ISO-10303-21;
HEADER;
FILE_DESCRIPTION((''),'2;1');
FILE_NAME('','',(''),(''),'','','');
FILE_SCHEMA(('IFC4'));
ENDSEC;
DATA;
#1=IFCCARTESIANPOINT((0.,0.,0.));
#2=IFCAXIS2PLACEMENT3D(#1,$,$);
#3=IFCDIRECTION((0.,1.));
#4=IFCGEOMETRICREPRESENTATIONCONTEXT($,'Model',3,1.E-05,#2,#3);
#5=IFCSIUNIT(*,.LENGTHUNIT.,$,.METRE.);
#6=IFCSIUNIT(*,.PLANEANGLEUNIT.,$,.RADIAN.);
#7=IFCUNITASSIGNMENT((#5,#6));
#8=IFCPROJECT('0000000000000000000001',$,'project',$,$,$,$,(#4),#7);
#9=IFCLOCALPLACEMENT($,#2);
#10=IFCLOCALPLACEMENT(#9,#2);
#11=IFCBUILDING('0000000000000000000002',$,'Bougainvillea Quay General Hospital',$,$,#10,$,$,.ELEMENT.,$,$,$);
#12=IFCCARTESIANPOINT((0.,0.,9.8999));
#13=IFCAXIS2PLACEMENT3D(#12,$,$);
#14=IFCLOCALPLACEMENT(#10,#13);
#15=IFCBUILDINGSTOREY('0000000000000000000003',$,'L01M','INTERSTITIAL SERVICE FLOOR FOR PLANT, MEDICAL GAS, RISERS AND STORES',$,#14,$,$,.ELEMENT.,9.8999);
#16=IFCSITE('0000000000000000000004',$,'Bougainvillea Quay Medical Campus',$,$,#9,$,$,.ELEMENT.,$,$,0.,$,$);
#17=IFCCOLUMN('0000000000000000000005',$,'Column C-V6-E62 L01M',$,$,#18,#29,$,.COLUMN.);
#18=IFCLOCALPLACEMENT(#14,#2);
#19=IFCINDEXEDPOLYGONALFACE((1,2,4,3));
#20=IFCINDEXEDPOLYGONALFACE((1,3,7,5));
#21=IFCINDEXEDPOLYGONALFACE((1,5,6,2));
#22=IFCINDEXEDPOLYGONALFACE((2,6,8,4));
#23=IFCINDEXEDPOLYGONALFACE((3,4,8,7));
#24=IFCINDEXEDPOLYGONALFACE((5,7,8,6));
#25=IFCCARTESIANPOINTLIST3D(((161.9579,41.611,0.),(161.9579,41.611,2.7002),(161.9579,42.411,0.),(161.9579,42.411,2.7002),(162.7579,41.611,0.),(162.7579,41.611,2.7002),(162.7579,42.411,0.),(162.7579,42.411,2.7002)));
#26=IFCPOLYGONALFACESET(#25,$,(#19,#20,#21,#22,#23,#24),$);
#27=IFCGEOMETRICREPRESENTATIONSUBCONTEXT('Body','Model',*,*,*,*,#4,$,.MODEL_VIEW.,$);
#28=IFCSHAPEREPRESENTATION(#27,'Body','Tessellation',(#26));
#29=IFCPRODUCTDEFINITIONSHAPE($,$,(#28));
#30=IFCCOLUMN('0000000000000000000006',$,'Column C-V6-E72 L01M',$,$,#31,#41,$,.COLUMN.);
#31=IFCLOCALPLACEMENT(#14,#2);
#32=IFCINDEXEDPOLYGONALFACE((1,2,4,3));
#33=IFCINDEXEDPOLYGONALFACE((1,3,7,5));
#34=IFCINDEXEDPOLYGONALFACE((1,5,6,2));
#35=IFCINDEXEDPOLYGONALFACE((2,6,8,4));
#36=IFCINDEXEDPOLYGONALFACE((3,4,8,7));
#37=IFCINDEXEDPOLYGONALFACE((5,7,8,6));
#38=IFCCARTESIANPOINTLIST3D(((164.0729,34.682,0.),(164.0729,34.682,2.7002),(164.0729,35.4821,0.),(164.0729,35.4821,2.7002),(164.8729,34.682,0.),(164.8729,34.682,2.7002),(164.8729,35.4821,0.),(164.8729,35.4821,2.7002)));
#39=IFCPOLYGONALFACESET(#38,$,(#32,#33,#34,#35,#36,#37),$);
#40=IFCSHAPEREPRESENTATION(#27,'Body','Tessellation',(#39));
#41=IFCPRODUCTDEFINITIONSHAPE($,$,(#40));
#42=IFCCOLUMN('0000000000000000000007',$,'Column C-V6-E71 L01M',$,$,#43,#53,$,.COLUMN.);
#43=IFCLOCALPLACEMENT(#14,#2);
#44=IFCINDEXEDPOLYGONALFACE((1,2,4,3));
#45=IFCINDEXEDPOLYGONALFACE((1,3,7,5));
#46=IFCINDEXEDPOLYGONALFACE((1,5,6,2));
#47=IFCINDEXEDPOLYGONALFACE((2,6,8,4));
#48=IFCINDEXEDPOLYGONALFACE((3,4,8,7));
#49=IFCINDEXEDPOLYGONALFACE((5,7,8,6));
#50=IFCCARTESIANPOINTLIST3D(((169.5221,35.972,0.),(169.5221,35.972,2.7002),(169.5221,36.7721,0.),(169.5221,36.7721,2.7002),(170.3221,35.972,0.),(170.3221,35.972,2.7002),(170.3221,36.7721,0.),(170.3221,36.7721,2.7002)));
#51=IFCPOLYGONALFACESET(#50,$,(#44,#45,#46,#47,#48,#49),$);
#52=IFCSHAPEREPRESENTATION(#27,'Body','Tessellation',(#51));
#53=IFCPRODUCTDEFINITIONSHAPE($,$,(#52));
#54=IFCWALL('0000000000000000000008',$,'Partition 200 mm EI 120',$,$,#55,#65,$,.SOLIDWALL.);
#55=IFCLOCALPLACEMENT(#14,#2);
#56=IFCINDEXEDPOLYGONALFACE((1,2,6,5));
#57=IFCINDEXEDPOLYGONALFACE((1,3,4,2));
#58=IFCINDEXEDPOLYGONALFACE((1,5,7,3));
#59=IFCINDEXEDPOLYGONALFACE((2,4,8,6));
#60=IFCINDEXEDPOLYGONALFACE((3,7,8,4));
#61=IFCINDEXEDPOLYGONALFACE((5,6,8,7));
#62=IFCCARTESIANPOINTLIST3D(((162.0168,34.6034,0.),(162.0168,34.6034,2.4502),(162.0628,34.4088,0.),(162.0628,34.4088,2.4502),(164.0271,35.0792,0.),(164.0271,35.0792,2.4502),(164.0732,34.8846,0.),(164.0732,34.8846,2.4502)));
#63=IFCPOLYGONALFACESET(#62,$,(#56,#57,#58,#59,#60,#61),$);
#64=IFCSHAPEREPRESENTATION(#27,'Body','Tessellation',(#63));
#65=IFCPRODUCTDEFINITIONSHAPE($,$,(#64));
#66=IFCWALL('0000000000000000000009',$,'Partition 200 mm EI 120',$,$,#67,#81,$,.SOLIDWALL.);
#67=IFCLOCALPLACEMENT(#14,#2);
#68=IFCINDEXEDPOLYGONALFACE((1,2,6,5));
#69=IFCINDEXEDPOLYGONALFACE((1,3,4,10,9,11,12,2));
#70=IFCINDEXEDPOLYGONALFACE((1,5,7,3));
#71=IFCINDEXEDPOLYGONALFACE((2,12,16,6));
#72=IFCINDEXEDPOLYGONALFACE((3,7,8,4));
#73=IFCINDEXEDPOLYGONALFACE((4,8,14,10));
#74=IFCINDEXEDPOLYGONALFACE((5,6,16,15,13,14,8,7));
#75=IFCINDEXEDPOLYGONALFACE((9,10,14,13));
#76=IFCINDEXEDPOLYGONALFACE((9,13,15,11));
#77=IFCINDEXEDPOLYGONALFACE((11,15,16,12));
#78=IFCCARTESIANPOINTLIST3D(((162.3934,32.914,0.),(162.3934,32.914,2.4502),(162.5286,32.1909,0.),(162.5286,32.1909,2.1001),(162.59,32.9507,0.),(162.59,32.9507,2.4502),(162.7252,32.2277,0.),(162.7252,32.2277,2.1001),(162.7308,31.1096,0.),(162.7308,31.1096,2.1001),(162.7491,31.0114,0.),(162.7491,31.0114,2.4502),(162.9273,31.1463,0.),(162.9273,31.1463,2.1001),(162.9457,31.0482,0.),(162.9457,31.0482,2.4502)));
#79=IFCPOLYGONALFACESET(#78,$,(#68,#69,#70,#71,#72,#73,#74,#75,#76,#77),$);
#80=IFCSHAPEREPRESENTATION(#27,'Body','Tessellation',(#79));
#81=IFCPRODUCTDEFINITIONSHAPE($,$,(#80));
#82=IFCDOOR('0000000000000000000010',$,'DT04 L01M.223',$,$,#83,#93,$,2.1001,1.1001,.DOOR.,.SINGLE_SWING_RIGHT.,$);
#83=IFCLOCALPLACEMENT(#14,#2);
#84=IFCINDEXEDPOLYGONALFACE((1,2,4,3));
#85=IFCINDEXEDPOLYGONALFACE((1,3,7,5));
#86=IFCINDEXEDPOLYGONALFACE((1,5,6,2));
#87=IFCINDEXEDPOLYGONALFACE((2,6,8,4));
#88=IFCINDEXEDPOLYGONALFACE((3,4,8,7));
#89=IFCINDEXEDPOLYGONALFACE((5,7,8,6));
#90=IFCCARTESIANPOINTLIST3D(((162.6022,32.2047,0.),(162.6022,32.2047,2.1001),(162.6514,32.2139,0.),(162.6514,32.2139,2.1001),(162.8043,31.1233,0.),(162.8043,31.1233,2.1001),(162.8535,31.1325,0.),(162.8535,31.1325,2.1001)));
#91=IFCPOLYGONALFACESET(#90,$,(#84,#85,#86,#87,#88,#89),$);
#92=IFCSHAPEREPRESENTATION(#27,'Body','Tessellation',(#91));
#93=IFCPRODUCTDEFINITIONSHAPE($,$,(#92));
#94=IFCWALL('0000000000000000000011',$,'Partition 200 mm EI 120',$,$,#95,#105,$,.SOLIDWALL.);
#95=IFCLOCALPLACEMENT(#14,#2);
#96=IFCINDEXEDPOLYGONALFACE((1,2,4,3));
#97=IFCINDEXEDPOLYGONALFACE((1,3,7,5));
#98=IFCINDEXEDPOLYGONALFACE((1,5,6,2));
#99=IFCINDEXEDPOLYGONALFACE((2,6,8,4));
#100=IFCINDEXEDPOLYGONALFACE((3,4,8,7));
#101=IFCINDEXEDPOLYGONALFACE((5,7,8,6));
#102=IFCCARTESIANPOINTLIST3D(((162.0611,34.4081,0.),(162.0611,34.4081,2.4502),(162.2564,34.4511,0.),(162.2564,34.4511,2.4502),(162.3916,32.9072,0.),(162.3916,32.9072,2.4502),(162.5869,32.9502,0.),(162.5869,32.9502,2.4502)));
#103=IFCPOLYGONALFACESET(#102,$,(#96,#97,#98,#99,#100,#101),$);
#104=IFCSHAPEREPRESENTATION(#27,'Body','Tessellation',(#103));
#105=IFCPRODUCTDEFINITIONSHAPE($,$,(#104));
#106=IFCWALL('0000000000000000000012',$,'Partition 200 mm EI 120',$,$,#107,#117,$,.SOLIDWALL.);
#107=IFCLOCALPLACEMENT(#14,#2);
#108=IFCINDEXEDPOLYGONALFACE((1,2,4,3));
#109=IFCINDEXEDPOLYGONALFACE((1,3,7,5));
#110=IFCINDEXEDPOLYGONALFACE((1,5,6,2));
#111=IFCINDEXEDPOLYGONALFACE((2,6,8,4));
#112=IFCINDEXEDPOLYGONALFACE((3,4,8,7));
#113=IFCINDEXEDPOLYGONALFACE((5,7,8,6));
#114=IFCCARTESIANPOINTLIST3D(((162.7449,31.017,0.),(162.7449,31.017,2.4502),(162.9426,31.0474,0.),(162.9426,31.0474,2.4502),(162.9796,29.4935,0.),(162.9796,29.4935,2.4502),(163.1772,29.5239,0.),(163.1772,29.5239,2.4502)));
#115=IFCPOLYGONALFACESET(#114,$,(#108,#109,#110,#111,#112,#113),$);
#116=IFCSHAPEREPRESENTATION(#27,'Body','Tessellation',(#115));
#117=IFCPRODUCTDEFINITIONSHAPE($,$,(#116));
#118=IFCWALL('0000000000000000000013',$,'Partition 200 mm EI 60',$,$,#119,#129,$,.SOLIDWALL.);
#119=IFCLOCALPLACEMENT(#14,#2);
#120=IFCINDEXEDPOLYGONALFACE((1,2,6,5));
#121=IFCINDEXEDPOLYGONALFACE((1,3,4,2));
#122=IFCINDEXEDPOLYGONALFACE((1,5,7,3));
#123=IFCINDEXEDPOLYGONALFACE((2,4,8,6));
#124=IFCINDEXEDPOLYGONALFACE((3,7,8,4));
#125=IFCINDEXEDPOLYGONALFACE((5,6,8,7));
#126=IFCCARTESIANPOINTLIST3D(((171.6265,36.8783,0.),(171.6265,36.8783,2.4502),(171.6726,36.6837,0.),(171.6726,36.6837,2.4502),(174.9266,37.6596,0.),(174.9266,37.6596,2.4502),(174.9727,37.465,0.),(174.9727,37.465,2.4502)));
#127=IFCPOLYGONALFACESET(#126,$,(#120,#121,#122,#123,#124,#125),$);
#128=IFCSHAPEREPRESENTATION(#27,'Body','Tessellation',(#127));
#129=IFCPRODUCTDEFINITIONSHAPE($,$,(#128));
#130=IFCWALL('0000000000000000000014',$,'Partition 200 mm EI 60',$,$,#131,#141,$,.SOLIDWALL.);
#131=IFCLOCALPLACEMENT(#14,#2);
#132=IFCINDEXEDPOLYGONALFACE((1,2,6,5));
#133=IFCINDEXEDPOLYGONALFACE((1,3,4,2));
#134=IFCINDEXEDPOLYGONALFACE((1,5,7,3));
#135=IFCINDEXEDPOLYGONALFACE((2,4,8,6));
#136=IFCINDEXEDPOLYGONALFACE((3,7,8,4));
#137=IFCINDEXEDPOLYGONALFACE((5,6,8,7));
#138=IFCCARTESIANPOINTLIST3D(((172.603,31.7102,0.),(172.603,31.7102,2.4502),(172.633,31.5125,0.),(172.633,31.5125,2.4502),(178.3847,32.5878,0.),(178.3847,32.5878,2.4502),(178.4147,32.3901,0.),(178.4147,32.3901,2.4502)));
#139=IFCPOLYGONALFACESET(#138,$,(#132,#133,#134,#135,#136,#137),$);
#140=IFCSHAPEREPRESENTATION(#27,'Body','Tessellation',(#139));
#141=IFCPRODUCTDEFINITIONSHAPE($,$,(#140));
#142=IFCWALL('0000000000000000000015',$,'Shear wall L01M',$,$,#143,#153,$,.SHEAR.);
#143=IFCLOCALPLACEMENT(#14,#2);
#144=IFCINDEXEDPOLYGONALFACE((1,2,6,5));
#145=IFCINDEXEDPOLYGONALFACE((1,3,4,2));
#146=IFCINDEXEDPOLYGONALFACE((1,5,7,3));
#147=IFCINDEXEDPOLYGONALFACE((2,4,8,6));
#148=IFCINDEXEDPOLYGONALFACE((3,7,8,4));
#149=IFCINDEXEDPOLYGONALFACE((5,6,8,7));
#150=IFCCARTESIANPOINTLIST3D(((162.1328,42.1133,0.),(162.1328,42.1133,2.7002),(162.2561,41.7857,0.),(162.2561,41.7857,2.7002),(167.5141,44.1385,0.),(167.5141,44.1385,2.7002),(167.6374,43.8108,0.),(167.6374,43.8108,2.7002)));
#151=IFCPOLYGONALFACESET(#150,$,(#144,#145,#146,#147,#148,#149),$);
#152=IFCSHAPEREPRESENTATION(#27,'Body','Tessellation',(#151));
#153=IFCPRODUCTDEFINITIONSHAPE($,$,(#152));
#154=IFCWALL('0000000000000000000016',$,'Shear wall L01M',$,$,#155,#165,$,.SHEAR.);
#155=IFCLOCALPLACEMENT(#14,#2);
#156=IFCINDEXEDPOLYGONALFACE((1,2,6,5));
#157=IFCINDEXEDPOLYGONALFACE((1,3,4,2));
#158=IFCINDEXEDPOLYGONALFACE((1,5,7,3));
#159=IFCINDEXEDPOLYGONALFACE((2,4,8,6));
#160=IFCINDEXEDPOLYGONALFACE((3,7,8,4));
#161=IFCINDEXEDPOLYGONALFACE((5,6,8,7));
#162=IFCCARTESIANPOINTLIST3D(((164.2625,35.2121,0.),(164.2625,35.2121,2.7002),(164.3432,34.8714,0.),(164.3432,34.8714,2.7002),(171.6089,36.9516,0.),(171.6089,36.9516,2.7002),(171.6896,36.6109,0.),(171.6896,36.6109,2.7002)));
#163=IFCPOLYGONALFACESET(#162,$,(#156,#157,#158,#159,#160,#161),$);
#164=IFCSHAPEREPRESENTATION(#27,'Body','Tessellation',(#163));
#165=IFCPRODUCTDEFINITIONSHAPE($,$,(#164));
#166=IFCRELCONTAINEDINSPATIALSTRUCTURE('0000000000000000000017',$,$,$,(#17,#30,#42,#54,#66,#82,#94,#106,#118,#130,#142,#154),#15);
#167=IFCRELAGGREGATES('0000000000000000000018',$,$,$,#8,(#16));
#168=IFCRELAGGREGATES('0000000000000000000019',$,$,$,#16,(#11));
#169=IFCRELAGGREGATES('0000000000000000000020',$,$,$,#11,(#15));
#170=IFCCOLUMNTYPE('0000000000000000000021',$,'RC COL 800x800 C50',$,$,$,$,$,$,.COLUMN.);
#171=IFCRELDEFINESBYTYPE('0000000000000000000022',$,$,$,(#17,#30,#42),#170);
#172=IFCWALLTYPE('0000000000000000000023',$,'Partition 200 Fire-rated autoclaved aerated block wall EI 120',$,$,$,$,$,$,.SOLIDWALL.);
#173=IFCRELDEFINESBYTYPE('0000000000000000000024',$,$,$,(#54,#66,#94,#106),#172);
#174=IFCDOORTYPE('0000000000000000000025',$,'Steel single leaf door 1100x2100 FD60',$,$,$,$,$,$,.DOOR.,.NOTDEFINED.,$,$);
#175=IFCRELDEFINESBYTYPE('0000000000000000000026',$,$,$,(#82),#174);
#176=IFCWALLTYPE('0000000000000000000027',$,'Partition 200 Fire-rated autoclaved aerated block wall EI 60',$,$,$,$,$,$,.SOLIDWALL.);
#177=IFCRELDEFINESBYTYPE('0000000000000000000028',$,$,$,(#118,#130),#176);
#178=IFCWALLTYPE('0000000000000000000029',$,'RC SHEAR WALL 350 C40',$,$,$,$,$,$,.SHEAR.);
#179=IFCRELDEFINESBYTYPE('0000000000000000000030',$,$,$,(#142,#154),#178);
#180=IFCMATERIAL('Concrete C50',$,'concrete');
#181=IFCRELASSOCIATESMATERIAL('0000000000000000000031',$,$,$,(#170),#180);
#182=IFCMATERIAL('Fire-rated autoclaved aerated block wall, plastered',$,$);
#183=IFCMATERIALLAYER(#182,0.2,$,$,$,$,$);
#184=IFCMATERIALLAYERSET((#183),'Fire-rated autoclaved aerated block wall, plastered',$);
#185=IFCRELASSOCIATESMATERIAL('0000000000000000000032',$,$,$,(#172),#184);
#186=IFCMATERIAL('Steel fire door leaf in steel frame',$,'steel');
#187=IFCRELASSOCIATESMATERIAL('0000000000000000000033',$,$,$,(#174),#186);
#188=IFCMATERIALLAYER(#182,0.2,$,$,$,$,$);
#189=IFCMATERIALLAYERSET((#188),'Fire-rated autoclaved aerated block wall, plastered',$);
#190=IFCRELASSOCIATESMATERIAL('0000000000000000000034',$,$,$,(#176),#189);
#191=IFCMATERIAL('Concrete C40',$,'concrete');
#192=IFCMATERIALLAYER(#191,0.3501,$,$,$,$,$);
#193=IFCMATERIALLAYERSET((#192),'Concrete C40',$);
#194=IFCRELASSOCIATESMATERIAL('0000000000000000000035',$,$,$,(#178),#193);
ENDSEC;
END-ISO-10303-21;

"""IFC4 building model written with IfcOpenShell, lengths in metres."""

from ifc_helpers import new_model, si_unit, direction, frame, frame_2d, origin, origin_2d, place, context, subcontext, project, spatial, rectangle, extrude, material, layer, layer_set, material_profile, profile_set, type_object, element, fill, save


model = new_model("IFC4")

# Units and contexts
model_context = context("Model", 3, precision=1e-05, world=origin(), true_north=direction((0.0, 1.0)))
body_context = subcontext(model_context, "Body", "Model", "MODEL_VIEW")
ifc_project = project(units=[si_unit("LENGTHUNIT", "METRE"), si_unit("PLANEANGLEUNIT", "RADIAN")], contexts=[model_context])

# Site, building, storey
site_placement = place(None, origin())
site = spatial("IfcSite", under=ifc_project, at=site_placement, Name="Bougainvillea Quay Medical Campus", CompositionType="ELEMENT", RefElevation=0.0)
building_placement = place(site_placement, origin())
building = spatial("IfcBuilding", under=site, at=building_placement, Name="Bougainvillea Quay General Hospital", CompositionType="ELEMENT")
storey_placement = place(building_placement, frame((0.0, 0.0, 9.8999)))
storey = spatial("IfcBuildingStorey", under=building, at=storey_placement, Name="L01M", Description="INTERSTITIAL SERVICE FLOOR FOR PLANT, MEDICAL GAS, RISERS AND STORES", CompositionType="ELEMENT", Elevation=9.8999)

# Columns
ifc_material_1 = material(Name="Concrete C50", Category="concrete")
ifc_material_profile = material_profile(ifc_material_1, rectangle(XDim=0.8, YDim=0.8, at=origin_2d()))
ifc_profile_set = profile_set([ifc_material_profile], Name="Concrete C50")
column_type = type_object("IfcColumnType", Name="RC COL 800x800 C50", PredefinedType="COLUMN", material=ifc_profile_set)
for number, where, z_axis, x_axis, name in (
    (1, (162.3579, 42.011, 0.0), (0.0, 0.0, 1.0), (1.0, 0.0, 0.0), "Column C-V6-E62 L01M"),
    (2, (164.4729, 35.082, 0.0), (0.0, 0.0, 1.0), (1.0, 0.0, 0.0), "Column C-V6-E72 L01M"),
    (3, (169.9221, 36.3721, 0.0), (0.0, 0.0, 1.0), (1.0, 0.0, 0.0), "Column C-V6-E71 L01M"),
):
    element("IfcColumn", number, at=place(storey_placement, frame(where, z_axis=z_axis, x_axis=x_axis)), inside=storey, type_object=column_type, Name=name, PredefinedType="COLUMN", context=body_context, shape_type="SweptSolid", body=[
        extrude(rectangle(XDim=0.8, YDim=0.8, at=origin_2d()), origin(), (0.0, 0.0, 1.0), 2.7002),
    ])

# Wall
ifc_material_2 = material(Name="Fire-rated autoclaved aerated block wall, plastered")
ifc_layer_1 = layer(ifc_material_2, 0.2)
ifc_layer_set_1 = layer_set([ifc_layer_1], Name="Fire-rated autoclaved aerated block wall, plastered")
wall_type_1 = type_object("IfcWallType", Name="Partition 200 Fire-rated autoclaved aerated block wall EI 120", PredefinedType="SOLIDWALL", material=ifc_layer_set_1)
wall_1_placement = place(storey_placement, frame((162.0398, 34.5061, 0.0), z_axis=(0.0, 0.0, 1.0), x_axis=(0.973117, 0.23031, 0.0)))
element("IfcWall", 4, at=wall_1_placement, inside=storey, type_object=wall_type_1, Name="Partition 200 mm EI 120", PredefinedType="SOLIDWALL", context=body_context, shape_type="SweptSolid", body=[
    extrude(rectangle(XDim=2.0659, YDim=0.2, at=frame_2d((1.033, 0.0))), origin(), (0.0, 0.0, 1.0), 2.4502),
])

# Wall, opening, door
wall_2_placement = place(storey_placement, frame((162.4917, 32.9324, 0.0), z_axis=(0.0, 0.0, 1.0), x_axis=(0.183778, -0.982968, 0.0)))
wall_2 = element("IfcWall", 5, at=wall_2_placement, inside=storey, type_object=wall_type_1, Name="Partition 200 mm EI 120", PredefinedType="SOLIDWALL", context=body_context, shape_type="SweptSolid", body=[
    extrude(rectangle(XDim=1.9355, YDim=0.2, at=frame_2d((0.9678, 0.0))), origin(), (0.0, 0.0, 1.0), 2.4502),
])
opening_1_placement = place(wall_2_placement, frame((0.7356, 0.0, 0.0)))
opening_1 = element("IfcOpeningElement", 6, at=opening_1_placement, cuts=wall_2, PredefinedType="OPENING", context=body_context, shape_type="SweptSolid", body=[
    extrude(rectangle(XDim=1.1001, YDim=2.1001, at=frame_2d((0.55, 1.05))), frame((0.0, 0.1099, 0.0), z_axis=(0.0, -1.0, 0.0), x_axis=(1.0, 0.0, 0.0)), (0.0, 0.0, 1.0), 0.22),
])
ifc_material_3 = material(Name="Steel fire door leaf in steel frame", Category="steel")
door_type = type_object("IfcDoorType", Name="Steel single leaf door 1100x2100 FD60", OperationType="NOTDEFINED", PredefinedType="DOOR", material=ifc_material_3)
door_1_placement = place(opening_1_placement, origin())
door_1 = element("IfcDoor", 7, at=door_1_placement, inside=storey, type_object=door_type, Name="DT04 L01M.223", OperationType="SINGLE_SWING_RIGHT", OverallHeight=2.1001, OverallWidth=1.1001, PredefinedType="DOOR", context=body_context, shape_type="SweptSolid", body=[
    extrude(rectangle(XDim=1.1001, YDim=2.1001, at=frame_2d((0.55, 1.05))), frame((0.0, 0.0249, 0.0), z_axis=(0.0, -1.0, 0.0), x_axis=(1.0, 0.0, 0.0)), (0.0, 0.0, 1.0), 0.05),
])
fill(opening_1, door_1)

# Walls
wall_3_placement = place(storey_placement, frame((162.1587, 34.4297, 0.0), z_axis=(0.0, 0.0, 1.0), x_axis=(0.21508, -0.976596, 0.0)))
element("IfcWall", 8, at=wall_3_placement, inside=storey, type_object=wall_type_1, Name="Partition 200 mm EI 120", PredefinedType="SOLIDWALL", context=body_context, shape_type="SweptSolid", body=[
    extrude(rectangle(XDim=1.5369, YDim=0.2, at=frame_2d((0.7686, 0.0))), origin(), (0.0, 0.0, 1.0), 2.4502),
])
wall_4_placement = place(storey_placement, frame((162.8438, 31.0322, 0.0), z_axis=(0.0, 0.0, 1.0), x_axis=(0.152212, -0.988348, 0.0)))
element("IfcWall", 9, at=wall_4_placement, inside=storey, type_object=wall_type_1, Name="Partition 200 mm EI 120", PredefinedType="SOLIDWALL", context=body_context, shape_type="SweptSolid", body=[
    extrude(rectangle(XDim=1.5415, YDim=0.2, at=frame_2d((0.7708, 0.0))), origin(), (0.0, 0.0, 1.0), 2.4502),
])
ifc_layer_2 = layer(ifc_material_2, 0.2)
ifc_layer_set_2 = layer_set([ifc_layer_2], Name="Fire-rated autoclaved aerated block wall, plastered")
wall_type_2 = type_object("IfcWallType", Name="Partition 200 Fire-rated autoclaved aerated block wall EI 60", PredefinedType="SOLIDWALL", material=ifc_layer_set_2)
wall_5_placement = place(storey_placement, frame((171.6494, 36.781, 0.0), z_axis=(0.0, 0.0, 1.0), x_axis=(0.973103, 0.230371, 0.0)))
element("IfcWall", 10, at=wall_5_placement, inside=storey, type_object=wall_type_2, Name="Partition 200 mm EI 60", PredefinedType="SOLIDWALL", context=body_context, shape_type="SweptSolid", body=[
    extrude(rectangle(XDim=3.3914, YDim=0.2, at=frame_2d((1.6958, 0.0))), origin(), (0.0, 0.0, 1.0), 2.4502),
])
wall_6_placement = place(storey_placement, frame((172.6182, 31.6113, 0.0), z_axis=(0.0, 0.0, 1.0), x_axis=(0.988673, 0.150084, 0.0)))
element("IfcWall", 11, at=wall_6_placement, inside=storey, type_object=wall_type_2, Name="Partition 200 mm EI 60", PredefinedType="SOLIDWALL", context=body_context, shape_type="SweptSolid", body=[
    extrude(rectangle(XDim=5.8479, YDim=0.2, at=frame_2d((2.9238, 0.0))), origin(), (0.0, 0.0, 1.0), 2.4502),
])
ifc_material_4 = material(Name="Concrete C40", Category="concrete")
ifc_layer_3 = layer(ifc_material_4, 0.3501)
ifc_layer_set_3 = layer_set([ifc_layer_3], Name="Concrete C40")
wall_type_3 = type_object("IfcWallType", Name="RC SHEAR WALL 350 C40", PredefinedType="SHEAR", material=ifc_layer_set_3)
wall_7_placement = place(storey_placement, frame((162.1943, 41.9495, 0.0), z_axis=(0.0, 0.0, 1.0), x_axis=(0.93592, 0.352212, 0.0)))
element("IfcWall", 12, at=wall_7_placement, inside=storey, type_object=wall_type_3, Name="Shear wall L01M", PredefinedType="SHEAR", context=body_context, shape_type="SweptSolid", body=[
    extrude(rectangle(XDim=5.7498, YDim=0.3501, at=frame_2d((2.875, 0.0))), origin(), (0.0, 0.0, 1.0), 2.7002),
])
wall_8_placement = place(storey_placement, frame((164.3027, 35.0417, 0.0), z_axis=(0.0, 0.0, 1.0), x_axis=(0.973093, 0.230411, 0.0)))
element("IfcWall", 13, at=wall_8_placement, inside=storey, type_object=wall_type_3, Name="Shear wall L01M", PredefinedType="SHEAR", context=body_context, shape_type="SweptSolid", body=[
    extrude(rectangle(XDim=7.5496, YDim=0.3501, at=frame_2d((3.7749, 0.0))), origin(), (0.0, 0.0, 1.0), 2.7002),
])

save(model, "model.ifc")
